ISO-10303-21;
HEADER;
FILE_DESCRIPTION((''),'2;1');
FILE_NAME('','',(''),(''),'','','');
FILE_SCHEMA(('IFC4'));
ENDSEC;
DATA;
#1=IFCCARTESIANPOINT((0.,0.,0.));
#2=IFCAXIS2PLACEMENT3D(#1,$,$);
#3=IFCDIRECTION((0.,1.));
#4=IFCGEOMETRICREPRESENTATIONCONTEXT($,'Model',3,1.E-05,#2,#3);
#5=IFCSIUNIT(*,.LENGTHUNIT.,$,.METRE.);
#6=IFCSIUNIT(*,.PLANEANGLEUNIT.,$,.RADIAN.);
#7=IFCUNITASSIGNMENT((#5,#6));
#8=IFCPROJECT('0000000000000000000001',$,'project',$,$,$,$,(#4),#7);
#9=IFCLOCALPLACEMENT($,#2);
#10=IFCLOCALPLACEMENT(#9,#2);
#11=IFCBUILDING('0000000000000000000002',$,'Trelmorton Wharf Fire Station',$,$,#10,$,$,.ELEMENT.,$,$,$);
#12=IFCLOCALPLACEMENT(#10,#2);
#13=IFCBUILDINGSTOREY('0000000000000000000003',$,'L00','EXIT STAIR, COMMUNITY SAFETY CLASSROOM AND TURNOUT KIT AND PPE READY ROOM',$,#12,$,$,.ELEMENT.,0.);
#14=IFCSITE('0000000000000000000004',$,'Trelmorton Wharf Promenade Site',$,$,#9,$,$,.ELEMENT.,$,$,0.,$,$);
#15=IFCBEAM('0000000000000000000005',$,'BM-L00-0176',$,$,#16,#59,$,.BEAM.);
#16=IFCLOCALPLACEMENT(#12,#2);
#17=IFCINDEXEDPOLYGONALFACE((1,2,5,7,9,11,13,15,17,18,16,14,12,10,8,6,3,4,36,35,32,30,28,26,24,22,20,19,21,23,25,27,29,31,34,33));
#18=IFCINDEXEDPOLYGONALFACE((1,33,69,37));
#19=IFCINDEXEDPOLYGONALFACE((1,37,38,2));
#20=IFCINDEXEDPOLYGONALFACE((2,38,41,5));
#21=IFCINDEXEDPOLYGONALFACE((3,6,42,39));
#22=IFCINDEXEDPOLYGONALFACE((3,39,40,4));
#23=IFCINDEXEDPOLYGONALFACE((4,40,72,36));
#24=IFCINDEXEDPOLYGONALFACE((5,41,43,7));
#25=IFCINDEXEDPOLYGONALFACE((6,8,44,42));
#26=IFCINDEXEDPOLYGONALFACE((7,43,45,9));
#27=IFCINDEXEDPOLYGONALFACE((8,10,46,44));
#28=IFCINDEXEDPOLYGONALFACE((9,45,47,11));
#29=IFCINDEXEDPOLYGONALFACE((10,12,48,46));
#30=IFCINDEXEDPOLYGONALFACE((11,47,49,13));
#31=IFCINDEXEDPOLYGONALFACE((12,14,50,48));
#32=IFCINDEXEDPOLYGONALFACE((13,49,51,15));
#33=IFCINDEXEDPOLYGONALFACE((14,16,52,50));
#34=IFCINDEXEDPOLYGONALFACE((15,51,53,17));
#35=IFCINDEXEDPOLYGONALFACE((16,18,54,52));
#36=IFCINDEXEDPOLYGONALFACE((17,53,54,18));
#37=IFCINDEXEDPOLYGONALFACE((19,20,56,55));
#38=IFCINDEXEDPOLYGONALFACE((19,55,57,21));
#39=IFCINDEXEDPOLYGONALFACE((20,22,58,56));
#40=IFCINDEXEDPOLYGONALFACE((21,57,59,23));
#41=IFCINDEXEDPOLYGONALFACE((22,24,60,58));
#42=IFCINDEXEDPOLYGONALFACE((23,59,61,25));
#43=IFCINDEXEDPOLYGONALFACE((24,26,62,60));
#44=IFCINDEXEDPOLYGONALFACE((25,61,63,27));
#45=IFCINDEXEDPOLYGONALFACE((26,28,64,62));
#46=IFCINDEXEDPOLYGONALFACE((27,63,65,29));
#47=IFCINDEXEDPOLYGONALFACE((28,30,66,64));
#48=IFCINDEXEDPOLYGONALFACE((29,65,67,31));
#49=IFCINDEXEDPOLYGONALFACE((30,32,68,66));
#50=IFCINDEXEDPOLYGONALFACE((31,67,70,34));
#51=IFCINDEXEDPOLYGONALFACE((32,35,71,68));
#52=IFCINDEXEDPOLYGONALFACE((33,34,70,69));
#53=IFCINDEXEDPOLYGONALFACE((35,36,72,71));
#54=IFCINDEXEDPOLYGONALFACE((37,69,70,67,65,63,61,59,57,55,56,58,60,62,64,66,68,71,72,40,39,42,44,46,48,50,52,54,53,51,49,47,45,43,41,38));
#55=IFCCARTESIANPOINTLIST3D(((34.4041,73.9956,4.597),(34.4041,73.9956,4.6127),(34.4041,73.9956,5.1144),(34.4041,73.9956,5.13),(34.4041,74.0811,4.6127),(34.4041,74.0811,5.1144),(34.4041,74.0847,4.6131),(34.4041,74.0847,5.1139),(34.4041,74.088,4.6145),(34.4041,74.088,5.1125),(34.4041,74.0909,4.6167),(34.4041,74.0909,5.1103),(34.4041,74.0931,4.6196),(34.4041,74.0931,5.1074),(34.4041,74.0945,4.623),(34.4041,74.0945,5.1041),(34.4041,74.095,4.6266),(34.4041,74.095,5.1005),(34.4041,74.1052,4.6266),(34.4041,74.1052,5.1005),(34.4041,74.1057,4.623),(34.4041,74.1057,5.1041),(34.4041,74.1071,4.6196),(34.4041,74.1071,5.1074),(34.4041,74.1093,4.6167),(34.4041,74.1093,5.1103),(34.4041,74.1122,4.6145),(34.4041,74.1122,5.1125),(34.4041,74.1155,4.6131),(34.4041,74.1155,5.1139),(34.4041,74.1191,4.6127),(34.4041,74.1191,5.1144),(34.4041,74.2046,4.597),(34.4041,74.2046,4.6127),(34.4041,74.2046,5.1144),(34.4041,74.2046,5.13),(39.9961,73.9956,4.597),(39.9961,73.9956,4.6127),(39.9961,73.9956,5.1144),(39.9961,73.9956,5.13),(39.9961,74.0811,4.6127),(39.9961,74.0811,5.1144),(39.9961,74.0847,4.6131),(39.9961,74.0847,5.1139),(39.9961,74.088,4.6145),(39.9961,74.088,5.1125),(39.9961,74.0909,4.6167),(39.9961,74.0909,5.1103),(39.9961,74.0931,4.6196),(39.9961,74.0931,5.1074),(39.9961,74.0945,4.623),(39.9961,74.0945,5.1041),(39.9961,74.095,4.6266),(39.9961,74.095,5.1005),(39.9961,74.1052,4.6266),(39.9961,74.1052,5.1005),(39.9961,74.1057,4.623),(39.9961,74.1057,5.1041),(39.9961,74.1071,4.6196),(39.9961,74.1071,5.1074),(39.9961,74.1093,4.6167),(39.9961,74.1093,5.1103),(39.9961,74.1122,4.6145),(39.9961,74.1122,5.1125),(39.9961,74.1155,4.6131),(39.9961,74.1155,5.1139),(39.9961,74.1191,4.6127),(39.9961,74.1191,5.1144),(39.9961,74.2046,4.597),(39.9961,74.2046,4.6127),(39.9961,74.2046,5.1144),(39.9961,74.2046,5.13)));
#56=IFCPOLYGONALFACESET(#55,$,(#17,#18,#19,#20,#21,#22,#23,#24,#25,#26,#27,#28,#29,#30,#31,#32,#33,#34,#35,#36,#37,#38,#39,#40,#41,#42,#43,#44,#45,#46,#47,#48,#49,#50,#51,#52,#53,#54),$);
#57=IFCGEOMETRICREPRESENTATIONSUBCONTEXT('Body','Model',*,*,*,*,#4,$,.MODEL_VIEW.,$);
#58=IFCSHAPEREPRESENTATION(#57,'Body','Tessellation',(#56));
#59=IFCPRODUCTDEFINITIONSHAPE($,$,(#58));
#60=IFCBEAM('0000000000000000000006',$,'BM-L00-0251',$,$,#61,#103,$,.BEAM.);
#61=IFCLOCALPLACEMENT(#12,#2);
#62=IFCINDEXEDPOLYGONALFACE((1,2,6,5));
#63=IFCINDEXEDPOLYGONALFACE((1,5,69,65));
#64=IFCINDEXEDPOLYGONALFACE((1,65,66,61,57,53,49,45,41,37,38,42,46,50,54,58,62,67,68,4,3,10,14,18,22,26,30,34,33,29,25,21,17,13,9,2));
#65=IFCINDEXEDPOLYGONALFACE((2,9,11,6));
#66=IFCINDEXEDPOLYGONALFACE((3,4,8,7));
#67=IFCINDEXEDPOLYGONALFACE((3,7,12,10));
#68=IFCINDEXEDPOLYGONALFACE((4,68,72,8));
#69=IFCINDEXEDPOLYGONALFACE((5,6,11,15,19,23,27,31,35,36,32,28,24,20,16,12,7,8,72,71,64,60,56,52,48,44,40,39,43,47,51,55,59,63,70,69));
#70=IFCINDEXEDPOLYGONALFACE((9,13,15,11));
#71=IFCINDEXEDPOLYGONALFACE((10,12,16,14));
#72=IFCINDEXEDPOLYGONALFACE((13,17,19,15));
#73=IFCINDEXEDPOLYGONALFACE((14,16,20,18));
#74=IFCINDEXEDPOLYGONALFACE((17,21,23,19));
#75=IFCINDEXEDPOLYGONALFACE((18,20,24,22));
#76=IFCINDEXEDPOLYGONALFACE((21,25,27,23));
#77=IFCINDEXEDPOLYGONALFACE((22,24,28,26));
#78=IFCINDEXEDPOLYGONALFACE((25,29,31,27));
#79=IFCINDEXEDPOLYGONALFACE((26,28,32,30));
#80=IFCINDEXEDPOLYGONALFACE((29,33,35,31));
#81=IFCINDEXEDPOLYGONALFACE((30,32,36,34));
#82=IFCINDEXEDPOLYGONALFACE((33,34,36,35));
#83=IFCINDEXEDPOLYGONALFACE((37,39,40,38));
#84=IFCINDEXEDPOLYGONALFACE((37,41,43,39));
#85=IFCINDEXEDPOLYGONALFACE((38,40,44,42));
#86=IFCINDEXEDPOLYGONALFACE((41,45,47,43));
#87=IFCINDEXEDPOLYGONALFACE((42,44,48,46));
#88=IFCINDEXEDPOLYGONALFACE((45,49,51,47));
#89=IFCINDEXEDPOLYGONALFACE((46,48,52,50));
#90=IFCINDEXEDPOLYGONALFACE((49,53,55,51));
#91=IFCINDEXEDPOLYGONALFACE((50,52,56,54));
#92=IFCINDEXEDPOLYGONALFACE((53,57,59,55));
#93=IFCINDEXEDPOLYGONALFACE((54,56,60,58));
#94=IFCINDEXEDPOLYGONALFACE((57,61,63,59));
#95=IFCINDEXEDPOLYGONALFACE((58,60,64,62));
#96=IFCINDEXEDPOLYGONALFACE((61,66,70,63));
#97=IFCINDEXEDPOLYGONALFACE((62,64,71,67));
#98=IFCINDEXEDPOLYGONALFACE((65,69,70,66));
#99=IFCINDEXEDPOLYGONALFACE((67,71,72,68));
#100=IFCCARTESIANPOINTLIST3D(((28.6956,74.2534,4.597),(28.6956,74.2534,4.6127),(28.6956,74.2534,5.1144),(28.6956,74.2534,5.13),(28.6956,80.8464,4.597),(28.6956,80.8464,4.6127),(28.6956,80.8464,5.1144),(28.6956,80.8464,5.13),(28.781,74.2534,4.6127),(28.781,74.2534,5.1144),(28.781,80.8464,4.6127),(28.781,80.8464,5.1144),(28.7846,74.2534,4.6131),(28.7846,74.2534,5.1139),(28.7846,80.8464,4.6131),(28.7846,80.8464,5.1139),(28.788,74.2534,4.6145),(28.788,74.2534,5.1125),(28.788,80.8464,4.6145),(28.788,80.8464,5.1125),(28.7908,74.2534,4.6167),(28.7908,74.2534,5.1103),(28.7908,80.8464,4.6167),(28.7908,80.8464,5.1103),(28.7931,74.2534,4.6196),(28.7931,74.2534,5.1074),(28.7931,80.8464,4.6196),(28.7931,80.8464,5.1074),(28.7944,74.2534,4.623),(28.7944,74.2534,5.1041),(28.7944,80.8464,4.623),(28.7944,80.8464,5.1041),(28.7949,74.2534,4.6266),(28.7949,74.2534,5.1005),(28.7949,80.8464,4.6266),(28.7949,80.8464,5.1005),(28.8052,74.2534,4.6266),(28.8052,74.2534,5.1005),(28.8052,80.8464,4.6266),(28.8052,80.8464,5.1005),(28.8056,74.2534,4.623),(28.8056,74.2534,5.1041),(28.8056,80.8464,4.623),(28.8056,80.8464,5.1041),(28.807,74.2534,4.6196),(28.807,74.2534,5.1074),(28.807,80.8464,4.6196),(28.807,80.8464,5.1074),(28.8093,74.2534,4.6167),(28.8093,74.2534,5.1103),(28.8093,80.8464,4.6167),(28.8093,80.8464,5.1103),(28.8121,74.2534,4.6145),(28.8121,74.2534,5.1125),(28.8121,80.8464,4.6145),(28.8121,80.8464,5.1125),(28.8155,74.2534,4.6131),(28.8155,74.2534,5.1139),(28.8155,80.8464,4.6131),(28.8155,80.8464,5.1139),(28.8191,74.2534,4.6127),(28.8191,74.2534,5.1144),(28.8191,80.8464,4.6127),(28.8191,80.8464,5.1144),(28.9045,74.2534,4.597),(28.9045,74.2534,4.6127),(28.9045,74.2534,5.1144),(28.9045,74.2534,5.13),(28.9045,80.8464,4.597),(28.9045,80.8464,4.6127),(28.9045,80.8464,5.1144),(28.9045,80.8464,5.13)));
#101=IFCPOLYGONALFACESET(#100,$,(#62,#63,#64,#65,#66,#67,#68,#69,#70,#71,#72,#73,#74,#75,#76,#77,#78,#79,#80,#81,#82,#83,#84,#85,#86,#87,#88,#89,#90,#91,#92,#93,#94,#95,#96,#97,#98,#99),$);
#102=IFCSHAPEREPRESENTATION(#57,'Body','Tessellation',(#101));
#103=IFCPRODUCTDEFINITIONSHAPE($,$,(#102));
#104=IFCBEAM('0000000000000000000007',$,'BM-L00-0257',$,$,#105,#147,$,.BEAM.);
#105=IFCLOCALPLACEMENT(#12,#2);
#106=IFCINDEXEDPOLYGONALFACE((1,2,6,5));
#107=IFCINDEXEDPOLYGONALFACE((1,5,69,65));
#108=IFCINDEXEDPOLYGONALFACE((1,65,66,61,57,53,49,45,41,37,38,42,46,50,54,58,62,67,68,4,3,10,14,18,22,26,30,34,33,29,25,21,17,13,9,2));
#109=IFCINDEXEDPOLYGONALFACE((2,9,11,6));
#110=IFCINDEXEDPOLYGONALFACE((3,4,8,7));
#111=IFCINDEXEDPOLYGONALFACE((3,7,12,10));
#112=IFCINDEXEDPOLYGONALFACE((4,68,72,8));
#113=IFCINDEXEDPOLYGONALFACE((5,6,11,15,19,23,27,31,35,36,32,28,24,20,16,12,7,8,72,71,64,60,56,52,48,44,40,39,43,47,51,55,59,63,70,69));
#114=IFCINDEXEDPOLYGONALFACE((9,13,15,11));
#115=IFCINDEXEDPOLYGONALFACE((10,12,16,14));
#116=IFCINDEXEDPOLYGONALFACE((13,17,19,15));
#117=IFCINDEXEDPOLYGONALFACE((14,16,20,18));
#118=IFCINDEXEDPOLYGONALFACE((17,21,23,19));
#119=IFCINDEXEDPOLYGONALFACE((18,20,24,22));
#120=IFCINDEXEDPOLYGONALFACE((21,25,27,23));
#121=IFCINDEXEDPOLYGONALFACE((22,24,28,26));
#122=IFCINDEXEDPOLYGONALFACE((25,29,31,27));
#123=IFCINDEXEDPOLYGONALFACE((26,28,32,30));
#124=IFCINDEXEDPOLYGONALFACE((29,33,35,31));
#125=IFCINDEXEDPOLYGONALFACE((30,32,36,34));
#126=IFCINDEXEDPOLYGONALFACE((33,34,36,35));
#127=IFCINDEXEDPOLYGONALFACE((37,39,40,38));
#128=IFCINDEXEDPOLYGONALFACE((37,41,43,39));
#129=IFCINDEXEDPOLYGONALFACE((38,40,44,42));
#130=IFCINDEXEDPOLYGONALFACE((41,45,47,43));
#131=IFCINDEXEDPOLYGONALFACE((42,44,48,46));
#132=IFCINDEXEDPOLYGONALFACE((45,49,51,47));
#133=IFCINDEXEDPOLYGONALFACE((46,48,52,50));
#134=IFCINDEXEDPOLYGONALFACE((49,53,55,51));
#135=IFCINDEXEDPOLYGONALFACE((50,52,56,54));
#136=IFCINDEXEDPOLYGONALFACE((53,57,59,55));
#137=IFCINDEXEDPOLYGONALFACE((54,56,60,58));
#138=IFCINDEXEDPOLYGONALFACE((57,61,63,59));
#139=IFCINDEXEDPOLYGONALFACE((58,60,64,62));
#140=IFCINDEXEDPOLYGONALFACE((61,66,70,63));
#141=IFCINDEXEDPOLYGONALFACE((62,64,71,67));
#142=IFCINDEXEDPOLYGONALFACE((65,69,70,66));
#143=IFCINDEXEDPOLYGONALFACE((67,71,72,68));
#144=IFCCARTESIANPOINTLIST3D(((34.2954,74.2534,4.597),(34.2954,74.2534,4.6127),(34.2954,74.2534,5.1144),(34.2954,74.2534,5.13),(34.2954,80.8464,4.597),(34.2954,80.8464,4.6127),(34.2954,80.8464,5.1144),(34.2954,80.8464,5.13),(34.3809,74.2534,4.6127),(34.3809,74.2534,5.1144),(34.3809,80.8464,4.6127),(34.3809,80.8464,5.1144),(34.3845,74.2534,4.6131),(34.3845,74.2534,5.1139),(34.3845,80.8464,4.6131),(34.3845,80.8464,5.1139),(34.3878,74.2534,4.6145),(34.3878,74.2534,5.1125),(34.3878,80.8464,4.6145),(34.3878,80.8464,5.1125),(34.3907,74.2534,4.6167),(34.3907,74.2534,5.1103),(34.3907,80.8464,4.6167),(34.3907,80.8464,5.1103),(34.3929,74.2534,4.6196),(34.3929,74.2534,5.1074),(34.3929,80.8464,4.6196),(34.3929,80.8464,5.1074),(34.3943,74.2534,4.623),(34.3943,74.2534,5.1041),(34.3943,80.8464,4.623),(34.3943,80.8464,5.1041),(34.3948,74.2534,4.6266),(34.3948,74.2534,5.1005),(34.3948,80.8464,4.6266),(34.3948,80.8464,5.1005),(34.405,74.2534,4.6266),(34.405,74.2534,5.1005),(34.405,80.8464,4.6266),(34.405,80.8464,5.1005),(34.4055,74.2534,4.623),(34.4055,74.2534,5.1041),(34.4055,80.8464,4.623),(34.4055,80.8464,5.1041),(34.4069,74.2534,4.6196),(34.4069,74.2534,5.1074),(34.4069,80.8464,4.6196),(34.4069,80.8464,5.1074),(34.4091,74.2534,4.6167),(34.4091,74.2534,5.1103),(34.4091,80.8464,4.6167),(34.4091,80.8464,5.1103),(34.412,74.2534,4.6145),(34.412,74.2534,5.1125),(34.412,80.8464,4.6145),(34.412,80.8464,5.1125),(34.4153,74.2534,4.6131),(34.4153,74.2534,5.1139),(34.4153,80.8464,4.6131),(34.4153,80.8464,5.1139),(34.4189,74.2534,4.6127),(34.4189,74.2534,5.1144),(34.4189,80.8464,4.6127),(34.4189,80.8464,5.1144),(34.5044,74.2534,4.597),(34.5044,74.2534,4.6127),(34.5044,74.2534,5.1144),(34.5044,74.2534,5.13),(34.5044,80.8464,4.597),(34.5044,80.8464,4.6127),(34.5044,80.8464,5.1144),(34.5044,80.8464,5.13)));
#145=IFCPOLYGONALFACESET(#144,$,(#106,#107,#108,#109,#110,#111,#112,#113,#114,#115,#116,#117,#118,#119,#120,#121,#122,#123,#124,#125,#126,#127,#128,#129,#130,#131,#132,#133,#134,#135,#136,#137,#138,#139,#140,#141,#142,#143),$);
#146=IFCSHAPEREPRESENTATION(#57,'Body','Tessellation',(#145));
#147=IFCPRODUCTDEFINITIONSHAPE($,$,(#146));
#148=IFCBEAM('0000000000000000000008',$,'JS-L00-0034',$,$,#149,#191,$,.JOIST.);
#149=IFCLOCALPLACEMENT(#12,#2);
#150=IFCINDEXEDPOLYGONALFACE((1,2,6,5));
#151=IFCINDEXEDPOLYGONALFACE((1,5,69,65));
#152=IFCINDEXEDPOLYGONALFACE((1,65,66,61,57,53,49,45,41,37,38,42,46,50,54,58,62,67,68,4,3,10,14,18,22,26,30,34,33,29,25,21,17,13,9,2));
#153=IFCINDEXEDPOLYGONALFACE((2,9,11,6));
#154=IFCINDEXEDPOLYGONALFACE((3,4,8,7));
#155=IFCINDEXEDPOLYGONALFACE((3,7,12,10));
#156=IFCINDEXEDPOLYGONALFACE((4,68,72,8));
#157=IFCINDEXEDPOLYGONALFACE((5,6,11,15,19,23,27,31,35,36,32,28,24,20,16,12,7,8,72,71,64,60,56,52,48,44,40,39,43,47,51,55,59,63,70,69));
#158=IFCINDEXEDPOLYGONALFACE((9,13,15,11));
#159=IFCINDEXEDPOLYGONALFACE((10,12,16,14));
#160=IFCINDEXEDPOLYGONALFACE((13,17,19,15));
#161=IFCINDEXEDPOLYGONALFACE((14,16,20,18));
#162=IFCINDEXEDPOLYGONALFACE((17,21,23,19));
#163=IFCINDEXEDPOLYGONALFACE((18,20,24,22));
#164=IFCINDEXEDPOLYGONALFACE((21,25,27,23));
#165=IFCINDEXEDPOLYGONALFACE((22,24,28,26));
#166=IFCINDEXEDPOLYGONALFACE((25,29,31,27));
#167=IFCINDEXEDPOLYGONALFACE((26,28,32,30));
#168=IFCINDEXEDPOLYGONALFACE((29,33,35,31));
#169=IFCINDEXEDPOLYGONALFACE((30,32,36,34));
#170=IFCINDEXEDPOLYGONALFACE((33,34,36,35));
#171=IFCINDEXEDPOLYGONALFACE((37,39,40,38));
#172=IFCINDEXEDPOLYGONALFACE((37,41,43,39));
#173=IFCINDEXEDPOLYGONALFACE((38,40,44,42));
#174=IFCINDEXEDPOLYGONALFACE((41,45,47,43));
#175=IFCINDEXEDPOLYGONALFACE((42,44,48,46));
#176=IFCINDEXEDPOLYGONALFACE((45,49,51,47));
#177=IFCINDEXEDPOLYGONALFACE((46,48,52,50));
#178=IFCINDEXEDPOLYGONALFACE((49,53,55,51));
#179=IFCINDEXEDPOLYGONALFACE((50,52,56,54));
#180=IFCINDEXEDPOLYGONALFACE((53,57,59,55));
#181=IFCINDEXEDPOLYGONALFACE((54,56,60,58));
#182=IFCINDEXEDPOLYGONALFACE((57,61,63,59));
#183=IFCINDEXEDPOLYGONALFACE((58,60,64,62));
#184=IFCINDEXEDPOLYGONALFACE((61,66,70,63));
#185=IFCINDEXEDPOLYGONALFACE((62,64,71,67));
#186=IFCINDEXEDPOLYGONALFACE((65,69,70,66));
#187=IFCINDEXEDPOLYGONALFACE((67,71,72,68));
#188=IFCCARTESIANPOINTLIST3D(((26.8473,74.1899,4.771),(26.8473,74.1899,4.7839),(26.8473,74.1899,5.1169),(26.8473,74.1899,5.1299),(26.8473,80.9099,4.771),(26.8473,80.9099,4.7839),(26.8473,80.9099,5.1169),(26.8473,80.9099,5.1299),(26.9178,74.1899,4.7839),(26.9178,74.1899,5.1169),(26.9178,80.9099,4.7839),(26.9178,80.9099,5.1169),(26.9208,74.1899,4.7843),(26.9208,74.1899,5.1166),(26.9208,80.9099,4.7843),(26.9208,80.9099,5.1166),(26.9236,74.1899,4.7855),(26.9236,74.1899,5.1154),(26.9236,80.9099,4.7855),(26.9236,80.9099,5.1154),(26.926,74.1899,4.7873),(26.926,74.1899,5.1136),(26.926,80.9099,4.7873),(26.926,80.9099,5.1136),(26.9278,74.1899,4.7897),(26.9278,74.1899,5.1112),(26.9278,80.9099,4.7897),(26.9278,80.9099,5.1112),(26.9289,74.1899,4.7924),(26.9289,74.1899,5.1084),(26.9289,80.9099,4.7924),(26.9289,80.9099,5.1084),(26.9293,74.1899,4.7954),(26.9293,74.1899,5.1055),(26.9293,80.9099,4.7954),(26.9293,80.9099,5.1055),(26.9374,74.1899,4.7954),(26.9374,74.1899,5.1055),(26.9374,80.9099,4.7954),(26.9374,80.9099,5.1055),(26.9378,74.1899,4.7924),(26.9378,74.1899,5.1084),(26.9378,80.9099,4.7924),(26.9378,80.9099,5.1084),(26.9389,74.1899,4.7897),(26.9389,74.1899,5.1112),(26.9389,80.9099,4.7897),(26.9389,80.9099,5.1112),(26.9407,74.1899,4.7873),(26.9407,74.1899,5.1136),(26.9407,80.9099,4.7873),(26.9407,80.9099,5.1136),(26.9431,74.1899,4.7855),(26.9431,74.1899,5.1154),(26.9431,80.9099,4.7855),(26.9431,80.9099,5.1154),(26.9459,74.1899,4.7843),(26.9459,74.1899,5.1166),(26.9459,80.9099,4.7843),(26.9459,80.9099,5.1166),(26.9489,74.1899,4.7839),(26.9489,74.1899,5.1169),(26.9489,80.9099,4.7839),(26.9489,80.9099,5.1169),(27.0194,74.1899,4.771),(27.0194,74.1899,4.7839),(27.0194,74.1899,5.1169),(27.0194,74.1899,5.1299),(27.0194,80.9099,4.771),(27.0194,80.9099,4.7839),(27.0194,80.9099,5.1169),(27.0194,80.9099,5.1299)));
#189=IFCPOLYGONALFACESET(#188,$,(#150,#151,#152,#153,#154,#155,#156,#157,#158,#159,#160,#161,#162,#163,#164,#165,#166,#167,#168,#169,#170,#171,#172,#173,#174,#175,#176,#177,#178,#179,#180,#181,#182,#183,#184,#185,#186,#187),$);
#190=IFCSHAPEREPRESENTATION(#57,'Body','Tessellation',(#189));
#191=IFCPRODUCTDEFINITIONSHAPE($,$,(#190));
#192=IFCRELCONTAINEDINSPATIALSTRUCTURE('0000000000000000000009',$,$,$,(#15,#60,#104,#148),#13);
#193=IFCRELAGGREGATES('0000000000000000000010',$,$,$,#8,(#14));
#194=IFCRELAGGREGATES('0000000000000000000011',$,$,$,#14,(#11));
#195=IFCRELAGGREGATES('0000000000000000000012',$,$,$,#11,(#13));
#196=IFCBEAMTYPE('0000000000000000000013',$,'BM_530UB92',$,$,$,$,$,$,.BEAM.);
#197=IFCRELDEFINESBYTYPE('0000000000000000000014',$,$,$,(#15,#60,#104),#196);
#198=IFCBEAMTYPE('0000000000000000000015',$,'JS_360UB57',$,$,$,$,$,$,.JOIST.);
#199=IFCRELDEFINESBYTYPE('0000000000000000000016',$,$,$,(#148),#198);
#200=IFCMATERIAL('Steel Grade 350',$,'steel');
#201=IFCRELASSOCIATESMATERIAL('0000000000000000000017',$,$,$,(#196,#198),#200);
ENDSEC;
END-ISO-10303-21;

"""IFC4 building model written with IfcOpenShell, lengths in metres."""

from ifc_helpers import new_model, si_unit, direction, frame, origin, origin_2d, place, context, subcontext, project, spatial, i_section, extrude, material, material_profile, profile_set, type_object, element, save


model = new_model("IFC4")

# Units and contexts
model_context = context("Model", 3, precision=1e-05, world=origin(), true_north=direction((0.0, 1.0)))
body_context = subcontext(model_context, "Body", "Model", "MODEL_VIEW")
ifc_project = project(units=[si_unit("LENGTHUNIT", "METRE"), si_unit("PLANEANGLEUNIT", "RADIAN")], contexts=[model_context])

# Site, building, storey
site_placement = place(None, origin())
site = spatial("IfcSite", under=ifc_project, at=site_placement, Name="Trelmorton Wharf Promenade Site", CompositionType="ELEMENT", RefElevation=0.0)
building_placement = place(site_placement, origin())
building = spatial("IfcBuilding", under=site, at=building_placement, Name="Trelmorton Wharf Fire Station", CompositionType="ELEMENT")
storey_placement = place(building_placement, origin())
storey = spatial("IfcBuildingStorey", under=building, at=storey_placement, Name="L00", Description="EXIT STAIR, COMMUNITY SAFETY CLASSROOM AND TURNOUT KIT AND PPE READY ROOM", CompositionType="ELEMENT", Elevation=0.0)

# Shared definitions
ifc_material_1 = material(Name="Steel Grade 350", Category="steel")

# Beams
ifc_material_profile_1 = material_profile(ifc_material_1, i_section(OverallWidth=0.209, OverallDepth=0.533, WebThickness=0.0103, FlangeThickness=0.0156, FilletRadius=0.0139, at=origin_2d()), Name="530UB92.4")
ifc_profile_set_1 = profile_set([ifc_material_profile_1], Name="Steel Grade 350")
beam_type_1 = type_object("IfcBeamType", Name="BM_530UB92", PredefinedType="BEAM", material=ifc_profile_set_1)
beam_placement = place(storey_placement, frame((34.4041, 74.1001, 4.8635), z_axis=(1.0, 0.0, 0.0), x_axis=(0.0, 1.0, 0.0)))
element("IfcBeam", 1, at=beam_placement, inside=storey, type_object=beam_type_1, Name="BM-L00-0176", PredefinedType="BEAM", context=body_context, shape_type="SweptSolid", body=[
    extrude(i_section(OverallWidth=0.209, OverallDepth=0.533, WebThickness=0.0103, FlangeThickness=0.0156, FilletRadius=0.0139, at=origin_2d()), origin(), (0.0, 0.0, 1.0), 5.592),
])
for number, where, z_axis, x_axis, name in (
    (2, (28.8, 74.2534, 4.8635), (0.0, 1.0, 0.0), (-1.0, 0.0, 0.0), "BM-L00-0251"),
    (3, (34.3999, 74.2534, 4.8635), (0.0, 1.0, 0.0), (-1.0, 0.0, 0.0), "BM-L00-0257"),
):
    element("IfcBeam", number, at=place(storey_placement, frame(where, z_axis=z_axis, x_axis=x_axis)), inside=storey, type_object=beam_type_1, Name=name, PredefinedType="BEAM", context=body_context, shape_type="SweptSolid", body=[
        extrude(i_section(OverallWidth=0.209, OverallDepth=0.533, WebThickness=0.0103, FlangeThickness=0.0156, FilletRadius=0.0139, at=origin_2d()), origin(), (0.0, 0.0, 1.0), 6.593),
    ])
ifc_material_profile_2 = material_profile(ifc_material_1, i_section(OverallWidth=0.1721, OverallDepth=0.3589, WebThickness=0.0081, FlangeThickness=0.0129, FilletRadius=0.0115, at=origin_2d()), Name="360UB56.7")
ifc_profile_set_2 = profile_set([ifc_material_profile_2], Name="Steel Grade 350")
beam_type_2 = type_object("IfcBeamType", Name="JS_360UB57", PredefinedType="JOIST", material=ifc_profile_set_2)
for number, where, z_axis, x_axis, name in (
    (4, (26.9333, 74.1899, 4.9504), (0.0, 1.0, 0.0), (-1.0, 0.0, 0.0), "JS-L00-0034"),
):
    element("IfcBeam", number, at=place(storey_placement, frame(where, z_axis=z_axis, x_axis=x_axis)), inside=storey, type_object=beam_type_2, Name=name, PredefinedType="JOIST", context=body_context, shape_type="SweptSolid", body=[
        extrude(i_section(OverallWidth=0.1721, OverallDepth=0.3589, WebThickness=0.0081, FlangeThickness=0.0129, FilletRadius=0.0115, at=origin_2d()), origin(), (0.0, 0.0, 1.0), 6.72),
    ])

save(model, "model.ifc")
